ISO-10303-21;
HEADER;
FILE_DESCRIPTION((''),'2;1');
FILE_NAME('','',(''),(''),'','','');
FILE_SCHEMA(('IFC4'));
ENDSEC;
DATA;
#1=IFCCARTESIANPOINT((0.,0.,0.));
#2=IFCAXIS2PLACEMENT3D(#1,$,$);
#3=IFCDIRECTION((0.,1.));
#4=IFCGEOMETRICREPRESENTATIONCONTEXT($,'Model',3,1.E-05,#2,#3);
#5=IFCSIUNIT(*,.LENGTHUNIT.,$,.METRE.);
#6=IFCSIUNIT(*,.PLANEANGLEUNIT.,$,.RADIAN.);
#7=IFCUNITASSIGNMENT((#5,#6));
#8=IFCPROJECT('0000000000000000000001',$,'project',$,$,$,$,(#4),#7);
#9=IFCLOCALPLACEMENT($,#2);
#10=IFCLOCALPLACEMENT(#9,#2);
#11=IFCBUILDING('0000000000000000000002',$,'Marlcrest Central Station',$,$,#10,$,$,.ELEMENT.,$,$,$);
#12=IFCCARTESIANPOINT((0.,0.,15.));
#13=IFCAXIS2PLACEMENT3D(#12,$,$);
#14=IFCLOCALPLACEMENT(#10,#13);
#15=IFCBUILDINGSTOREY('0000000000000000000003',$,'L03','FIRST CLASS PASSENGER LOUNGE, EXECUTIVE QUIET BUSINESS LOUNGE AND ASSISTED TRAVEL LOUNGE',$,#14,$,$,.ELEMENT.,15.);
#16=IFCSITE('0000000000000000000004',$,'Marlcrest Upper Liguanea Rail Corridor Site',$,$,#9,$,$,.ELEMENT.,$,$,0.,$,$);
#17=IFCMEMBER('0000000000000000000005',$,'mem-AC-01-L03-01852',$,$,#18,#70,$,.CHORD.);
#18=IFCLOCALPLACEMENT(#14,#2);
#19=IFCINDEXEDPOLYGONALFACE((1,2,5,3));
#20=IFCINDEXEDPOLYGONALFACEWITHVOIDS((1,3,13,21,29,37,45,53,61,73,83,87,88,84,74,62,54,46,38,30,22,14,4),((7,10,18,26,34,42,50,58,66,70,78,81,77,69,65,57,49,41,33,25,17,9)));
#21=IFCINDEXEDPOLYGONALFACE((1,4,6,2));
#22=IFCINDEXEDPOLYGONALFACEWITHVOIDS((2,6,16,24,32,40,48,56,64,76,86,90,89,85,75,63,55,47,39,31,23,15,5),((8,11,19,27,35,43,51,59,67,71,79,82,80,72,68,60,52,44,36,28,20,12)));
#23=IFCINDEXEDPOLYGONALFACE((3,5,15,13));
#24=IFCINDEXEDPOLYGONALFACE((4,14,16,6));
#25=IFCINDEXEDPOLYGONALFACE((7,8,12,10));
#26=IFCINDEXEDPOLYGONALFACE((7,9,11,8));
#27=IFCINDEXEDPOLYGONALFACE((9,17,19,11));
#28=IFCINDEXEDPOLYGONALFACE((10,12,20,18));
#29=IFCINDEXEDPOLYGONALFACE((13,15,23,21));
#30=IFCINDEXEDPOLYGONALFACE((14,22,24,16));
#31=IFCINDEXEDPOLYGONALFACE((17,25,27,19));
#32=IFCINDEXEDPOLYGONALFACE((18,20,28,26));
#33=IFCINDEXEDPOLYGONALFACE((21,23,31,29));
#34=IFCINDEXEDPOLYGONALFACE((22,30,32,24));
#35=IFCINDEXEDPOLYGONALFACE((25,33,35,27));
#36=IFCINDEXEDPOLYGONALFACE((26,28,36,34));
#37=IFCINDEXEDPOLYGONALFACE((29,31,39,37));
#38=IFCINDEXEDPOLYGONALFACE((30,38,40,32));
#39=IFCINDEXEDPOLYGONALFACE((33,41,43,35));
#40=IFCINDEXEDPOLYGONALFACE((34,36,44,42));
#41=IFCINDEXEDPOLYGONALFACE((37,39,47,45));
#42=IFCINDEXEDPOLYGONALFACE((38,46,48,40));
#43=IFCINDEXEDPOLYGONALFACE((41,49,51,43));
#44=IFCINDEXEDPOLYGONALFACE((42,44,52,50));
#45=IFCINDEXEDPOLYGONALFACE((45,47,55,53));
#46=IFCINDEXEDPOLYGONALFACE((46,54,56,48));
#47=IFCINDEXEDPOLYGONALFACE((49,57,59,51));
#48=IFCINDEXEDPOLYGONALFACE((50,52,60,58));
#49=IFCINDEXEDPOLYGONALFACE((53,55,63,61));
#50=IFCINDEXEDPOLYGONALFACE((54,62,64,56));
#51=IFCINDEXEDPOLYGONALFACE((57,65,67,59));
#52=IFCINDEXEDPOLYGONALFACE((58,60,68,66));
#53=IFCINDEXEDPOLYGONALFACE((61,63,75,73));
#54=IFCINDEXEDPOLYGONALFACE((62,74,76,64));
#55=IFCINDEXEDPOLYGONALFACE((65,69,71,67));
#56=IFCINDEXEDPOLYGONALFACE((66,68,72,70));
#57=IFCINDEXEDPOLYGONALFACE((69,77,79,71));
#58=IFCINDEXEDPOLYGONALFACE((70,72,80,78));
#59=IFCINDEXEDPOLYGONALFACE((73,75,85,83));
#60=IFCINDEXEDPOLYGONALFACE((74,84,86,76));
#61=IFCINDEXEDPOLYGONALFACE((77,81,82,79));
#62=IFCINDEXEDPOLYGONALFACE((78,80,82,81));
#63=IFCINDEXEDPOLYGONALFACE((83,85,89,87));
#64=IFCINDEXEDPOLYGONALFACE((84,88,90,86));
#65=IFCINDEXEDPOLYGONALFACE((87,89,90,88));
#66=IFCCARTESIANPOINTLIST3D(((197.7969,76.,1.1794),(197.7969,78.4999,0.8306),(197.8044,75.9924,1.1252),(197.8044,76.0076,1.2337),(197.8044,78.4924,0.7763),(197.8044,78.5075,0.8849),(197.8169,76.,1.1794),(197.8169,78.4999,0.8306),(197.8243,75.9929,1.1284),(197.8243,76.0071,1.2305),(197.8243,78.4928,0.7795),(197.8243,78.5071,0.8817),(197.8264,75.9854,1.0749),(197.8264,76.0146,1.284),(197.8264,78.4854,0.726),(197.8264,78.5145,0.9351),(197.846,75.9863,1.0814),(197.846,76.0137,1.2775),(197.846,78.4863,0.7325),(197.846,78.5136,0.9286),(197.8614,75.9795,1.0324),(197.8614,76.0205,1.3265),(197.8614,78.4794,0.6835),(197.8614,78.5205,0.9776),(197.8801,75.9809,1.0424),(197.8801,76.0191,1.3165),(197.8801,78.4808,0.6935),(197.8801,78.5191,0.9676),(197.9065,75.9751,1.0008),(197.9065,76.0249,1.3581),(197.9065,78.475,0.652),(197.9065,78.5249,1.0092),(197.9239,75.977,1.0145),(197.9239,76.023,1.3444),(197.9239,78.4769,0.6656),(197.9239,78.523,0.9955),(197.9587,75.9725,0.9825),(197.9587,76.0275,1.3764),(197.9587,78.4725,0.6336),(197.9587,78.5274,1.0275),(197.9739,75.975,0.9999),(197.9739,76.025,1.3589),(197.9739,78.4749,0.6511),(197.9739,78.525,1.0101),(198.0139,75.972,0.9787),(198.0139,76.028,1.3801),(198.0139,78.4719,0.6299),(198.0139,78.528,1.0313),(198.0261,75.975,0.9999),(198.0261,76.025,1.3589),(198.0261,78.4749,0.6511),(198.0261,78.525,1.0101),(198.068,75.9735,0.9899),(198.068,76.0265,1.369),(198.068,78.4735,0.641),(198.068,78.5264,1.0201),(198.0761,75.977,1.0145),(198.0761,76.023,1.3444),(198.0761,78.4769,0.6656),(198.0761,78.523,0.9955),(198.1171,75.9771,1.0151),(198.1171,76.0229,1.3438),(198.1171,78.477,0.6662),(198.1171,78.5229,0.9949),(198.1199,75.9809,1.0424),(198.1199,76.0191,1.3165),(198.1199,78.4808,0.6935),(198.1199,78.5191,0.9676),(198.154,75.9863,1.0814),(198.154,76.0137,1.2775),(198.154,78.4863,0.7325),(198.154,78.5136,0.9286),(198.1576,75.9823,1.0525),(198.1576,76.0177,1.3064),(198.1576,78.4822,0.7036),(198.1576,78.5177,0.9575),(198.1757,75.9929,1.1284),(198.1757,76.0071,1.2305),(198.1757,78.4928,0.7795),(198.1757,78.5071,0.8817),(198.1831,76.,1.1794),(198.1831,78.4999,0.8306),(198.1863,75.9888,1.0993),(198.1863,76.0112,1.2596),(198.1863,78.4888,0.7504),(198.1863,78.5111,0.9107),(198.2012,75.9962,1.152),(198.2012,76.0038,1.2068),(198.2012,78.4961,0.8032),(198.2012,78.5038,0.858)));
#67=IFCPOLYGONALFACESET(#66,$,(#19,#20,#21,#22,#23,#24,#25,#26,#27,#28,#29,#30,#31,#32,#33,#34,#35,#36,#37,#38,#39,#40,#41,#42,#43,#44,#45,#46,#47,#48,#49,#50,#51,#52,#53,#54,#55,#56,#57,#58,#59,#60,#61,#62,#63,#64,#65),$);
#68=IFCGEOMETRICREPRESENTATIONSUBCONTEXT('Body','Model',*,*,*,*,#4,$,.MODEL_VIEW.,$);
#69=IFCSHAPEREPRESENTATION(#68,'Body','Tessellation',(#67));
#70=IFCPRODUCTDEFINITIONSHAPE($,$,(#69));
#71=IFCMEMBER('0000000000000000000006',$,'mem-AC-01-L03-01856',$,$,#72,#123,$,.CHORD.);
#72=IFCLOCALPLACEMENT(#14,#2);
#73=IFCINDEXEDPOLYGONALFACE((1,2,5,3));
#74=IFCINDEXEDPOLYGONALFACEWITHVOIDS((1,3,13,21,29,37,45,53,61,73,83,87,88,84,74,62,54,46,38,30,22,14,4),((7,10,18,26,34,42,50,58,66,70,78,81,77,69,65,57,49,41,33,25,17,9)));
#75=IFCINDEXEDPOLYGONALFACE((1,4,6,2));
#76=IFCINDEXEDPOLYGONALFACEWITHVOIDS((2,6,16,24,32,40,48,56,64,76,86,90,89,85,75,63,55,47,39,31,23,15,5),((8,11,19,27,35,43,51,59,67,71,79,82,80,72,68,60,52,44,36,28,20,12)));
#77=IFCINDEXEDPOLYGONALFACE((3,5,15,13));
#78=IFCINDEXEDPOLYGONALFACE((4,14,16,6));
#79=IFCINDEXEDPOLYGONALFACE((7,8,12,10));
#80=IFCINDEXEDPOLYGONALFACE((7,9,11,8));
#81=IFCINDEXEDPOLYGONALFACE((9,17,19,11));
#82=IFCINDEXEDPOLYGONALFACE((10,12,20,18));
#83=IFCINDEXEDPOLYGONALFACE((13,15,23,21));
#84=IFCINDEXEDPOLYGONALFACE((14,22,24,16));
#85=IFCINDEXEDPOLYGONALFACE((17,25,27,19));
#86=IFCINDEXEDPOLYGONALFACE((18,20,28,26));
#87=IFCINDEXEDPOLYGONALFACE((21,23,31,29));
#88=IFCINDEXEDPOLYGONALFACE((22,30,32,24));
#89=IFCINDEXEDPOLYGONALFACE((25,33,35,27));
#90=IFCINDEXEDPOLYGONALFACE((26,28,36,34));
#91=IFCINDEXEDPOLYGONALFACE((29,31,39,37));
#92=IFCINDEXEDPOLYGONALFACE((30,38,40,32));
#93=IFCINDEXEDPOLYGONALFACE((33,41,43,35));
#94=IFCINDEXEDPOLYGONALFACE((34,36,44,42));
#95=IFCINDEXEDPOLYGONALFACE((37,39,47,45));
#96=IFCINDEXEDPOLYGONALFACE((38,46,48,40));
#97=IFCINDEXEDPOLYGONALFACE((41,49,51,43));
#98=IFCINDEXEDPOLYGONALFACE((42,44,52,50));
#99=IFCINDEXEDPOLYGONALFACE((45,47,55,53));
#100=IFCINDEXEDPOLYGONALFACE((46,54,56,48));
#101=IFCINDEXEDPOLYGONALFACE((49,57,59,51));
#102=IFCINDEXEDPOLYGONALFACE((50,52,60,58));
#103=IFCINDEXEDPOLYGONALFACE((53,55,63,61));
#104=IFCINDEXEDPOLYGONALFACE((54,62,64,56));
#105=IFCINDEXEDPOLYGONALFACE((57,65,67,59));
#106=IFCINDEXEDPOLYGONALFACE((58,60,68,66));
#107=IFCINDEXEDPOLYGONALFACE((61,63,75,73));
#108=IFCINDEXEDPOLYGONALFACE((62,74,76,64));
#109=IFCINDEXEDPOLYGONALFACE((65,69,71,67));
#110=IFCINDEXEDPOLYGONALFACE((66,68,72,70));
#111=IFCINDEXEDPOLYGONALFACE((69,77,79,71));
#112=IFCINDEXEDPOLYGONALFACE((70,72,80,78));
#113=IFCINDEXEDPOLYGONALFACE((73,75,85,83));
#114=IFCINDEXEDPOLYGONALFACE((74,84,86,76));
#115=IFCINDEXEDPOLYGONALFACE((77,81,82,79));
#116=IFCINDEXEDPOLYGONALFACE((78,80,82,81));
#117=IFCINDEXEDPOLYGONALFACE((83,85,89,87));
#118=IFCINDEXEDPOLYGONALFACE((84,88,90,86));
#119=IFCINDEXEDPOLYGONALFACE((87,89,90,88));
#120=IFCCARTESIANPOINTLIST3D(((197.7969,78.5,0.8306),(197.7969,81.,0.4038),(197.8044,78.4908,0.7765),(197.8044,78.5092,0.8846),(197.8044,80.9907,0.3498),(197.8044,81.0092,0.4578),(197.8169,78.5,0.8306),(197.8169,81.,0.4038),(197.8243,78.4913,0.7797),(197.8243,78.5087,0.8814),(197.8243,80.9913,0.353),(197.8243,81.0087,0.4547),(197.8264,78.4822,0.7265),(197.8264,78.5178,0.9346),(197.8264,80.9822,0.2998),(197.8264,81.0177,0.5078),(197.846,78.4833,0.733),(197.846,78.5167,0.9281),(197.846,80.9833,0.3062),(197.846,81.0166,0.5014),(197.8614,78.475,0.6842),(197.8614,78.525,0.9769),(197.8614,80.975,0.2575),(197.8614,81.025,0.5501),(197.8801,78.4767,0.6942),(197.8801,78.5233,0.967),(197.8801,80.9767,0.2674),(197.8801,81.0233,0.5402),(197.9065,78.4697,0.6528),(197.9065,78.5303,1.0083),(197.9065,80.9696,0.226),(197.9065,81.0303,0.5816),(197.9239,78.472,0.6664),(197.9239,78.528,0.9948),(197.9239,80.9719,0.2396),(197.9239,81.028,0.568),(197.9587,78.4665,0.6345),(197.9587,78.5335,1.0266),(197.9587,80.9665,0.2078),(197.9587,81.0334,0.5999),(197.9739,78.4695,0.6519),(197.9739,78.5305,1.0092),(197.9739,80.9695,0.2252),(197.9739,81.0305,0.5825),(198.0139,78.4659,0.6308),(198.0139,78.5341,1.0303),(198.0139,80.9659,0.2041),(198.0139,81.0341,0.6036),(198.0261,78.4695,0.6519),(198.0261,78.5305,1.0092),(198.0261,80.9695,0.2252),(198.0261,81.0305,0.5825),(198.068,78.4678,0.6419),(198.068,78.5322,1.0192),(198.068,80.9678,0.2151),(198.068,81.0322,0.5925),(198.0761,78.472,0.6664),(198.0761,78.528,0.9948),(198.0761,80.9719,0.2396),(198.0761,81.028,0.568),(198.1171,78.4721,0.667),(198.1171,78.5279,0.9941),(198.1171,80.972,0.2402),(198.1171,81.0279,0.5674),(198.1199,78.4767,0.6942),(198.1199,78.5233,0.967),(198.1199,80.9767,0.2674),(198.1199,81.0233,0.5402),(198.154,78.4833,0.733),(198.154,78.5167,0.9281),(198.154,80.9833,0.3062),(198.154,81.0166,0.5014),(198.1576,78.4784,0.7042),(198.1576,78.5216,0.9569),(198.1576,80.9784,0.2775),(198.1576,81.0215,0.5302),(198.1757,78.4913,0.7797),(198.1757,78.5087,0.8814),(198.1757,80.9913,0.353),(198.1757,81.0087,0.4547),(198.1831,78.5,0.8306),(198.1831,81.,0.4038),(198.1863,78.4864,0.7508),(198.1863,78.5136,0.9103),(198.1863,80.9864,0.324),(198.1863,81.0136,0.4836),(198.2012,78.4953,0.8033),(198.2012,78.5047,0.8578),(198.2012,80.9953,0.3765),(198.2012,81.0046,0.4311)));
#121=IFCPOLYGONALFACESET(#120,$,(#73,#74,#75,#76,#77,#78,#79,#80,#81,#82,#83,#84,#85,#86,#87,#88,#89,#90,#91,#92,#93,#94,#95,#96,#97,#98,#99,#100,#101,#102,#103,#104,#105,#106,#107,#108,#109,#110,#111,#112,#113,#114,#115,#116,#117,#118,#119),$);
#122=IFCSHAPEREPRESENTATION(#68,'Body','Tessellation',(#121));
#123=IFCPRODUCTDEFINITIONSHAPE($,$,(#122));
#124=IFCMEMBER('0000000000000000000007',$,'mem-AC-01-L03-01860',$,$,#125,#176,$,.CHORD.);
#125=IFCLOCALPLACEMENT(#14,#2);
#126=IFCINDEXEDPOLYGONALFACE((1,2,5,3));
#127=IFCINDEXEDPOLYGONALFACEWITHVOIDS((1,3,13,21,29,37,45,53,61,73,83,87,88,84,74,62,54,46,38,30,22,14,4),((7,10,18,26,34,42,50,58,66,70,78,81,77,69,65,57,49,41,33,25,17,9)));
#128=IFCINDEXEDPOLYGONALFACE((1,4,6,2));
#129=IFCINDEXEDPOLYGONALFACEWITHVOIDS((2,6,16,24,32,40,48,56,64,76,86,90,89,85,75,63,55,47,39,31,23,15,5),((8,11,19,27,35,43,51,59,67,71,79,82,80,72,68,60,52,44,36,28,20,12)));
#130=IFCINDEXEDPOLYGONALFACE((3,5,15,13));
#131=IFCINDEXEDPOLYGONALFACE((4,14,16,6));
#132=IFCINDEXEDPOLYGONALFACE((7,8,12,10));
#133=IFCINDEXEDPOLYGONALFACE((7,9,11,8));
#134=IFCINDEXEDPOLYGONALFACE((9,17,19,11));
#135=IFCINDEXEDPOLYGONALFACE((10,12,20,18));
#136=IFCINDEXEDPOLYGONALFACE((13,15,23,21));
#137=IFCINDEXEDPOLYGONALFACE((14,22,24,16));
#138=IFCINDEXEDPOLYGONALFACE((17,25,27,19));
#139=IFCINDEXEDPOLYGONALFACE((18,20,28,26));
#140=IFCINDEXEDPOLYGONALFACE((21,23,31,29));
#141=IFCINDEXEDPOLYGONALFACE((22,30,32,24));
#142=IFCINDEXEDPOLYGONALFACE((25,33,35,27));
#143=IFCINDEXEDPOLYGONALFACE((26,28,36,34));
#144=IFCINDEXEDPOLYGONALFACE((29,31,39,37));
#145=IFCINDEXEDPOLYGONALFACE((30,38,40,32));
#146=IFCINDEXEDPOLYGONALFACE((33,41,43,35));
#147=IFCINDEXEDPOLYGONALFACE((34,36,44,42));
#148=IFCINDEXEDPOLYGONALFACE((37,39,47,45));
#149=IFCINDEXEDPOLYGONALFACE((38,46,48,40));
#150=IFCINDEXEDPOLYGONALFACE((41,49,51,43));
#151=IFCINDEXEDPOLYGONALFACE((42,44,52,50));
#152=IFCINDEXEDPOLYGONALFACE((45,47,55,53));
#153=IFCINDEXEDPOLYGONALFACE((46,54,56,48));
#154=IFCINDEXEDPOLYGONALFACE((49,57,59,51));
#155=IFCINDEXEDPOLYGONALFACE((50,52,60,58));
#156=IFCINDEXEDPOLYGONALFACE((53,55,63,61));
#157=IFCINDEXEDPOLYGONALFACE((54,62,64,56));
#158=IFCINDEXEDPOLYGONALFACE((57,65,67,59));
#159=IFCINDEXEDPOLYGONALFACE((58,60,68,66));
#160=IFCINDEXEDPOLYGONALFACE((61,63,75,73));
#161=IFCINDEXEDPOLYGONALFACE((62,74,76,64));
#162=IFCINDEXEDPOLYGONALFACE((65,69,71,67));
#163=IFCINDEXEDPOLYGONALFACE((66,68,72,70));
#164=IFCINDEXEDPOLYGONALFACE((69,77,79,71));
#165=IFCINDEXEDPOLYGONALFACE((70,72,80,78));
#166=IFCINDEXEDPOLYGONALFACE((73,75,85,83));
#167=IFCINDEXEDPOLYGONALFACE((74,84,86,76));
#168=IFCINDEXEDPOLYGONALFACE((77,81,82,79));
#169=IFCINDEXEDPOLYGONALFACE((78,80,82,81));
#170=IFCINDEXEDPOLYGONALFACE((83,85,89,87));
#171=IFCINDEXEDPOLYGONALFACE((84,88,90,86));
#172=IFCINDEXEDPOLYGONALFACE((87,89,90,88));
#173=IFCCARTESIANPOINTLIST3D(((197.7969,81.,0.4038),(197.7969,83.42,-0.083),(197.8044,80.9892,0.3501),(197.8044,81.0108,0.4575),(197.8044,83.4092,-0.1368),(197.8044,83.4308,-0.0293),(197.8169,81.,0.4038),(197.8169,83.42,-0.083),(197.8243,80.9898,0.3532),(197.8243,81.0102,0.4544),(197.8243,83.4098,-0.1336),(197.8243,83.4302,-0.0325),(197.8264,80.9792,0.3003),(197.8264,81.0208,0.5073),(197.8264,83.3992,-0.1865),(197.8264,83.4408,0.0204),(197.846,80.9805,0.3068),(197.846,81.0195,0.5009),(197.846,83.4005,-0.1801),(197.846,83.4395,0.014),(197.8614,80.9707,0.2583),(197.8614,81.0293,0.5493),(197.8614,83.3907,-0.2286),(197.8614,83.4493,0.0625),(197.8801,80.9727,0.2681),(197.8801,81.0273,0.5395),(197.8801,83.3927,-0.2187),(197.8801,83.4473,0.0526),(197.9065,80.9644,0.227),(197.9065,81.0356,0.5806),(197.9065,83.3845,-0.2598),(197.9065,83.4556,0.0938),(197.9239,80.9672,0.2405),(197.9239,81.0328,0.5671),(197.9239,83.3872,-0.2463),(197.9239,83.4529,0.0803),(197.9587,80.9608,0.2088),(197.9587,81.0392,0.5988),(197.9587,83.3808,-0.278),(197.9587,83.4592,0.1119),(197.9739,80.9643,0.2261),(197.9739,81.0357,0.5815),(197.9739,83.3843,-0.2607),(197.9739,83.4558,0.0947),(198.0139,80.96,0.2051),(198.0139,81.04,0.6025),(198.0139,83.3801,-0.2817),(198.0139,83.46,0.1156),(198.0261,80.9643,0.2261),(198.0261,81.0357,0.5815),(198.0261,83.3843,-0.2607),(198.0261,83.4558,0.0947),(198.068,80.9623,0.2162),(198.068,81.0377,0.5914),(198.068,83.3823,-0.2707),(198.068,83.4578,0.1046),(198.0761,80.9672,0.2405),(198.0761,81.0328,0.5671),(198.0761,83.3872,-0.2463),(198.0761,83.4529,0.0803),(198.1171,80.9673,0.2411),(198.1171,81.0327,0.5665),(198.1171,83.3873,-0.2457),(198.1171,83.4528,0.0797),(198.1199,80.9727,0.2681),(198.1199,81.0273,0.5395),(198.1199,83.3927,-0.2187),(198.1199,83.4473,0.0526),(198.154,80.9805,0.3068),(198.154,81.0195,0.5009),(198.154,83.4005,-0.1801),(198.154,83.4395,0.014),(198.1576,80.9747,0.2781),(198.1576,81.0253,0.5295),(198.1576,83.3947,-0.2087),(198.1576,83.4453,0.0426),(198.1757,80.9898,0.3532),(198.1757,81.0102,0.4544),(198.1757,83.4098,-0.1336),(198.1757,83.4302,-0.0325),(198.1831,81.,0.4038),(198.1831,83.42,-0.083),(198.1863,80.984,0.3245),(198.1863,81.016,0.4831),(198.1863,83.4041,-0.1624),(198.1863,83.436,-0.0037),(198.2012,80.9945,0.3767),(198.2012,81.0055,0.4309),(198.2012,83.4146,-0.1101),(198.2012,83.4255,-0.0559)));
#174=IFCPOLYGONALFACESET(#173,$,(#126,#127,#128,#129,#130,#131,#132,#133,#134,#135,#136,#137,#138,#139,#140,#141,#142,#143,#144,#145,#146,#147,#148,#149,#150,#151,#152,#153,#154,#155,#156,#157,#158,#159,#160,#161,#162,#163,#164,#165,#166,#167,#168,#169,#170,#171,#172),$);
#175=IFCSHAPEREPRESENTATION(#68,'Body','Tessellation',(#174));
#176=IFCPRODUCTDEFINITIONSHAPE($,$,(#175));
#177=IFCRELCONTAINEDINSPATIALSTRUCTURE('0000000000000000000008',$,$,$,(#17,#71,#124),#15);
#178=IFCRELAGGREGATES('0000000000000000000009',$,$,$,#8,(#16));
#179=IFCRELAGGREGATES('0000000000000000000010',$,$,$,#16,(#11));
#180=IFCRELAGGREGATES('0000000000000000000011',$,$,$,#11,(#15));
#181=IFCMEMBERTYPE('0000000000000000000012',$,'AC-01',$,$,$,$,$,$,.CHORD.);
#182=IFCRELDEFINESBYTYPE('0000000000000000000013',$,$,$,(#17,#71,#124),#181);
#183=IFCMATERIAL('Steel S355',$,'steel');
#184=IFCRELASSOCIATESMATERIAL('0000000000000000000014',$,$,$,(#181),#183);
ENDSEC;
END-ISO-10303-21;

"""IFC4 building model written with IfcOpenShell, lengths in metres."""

from ifc_helpers import new_model, si_unit, direction, frame, origin, origin_2d, place, context, subcontext, project, spatial, hollow_circle, extrude, material, material_profile, profile_set, type_object, element, save


model = new_model("IFC4")

# Units and contexts
model_context = context("Model", 3, precision=1e-05, world=origin(), true_north=direction((0.0, 1.0)))
body_context = subcontext(model_context, "Body", "Model", "MODEL_VIEW")
ifc_project = project(units=[si_unit("LENGTHUNIT", "METRE"), si_unit("PLANEANGLEUNIT", "RADIAN")], contexts=[model_context])

# Site, building, storey
site_placement = place(None, origin())
site = spatial("IfcSite", under=ifc_project, at=site_placement, Name="Marlcrest Upper Liguanea Rail Corridor Site", CompositionType="ELEMENT", RefElevation=0.0)
building_placement = place(site_placement, origin())
building = spatial("IfcBuilding", under=site, at=building_placement, Name="Marlcrest Central Station", CompositionType="ELEMENT")
storey_placement = place(building_placement, frame((0.0, 0.0, 15.0)))
storey = spatial("IfcBuildingStorey", under=building, at=storey_placement, Name="L03", Description="FIRST CLASS PASSENGER LOUNGE, EXECUTIVE QUIET BUSINESS LOUNGE AND ASSISTED TRAVEL LOUNGE", CompositionType="ELEMENT", Elevation=15.0)

# Members
ifc_material_1 = material(Name="Steel S355", Category="steel")
ifc_material_profile_1 = material_profile(ifc_material_1, hollow_circle(Radius=0.2031, WallThickness=0.02, at=origin_2d()), Name="CHS 406.4x20")
ifc_profile_set_1 = profile_set([ifc_material_profile_1], Name="Steel S355")
member_type_1 = type_object("IfcMemberType", Name="AC-01", PredefinedType="CHORD", material=ifc_profile_set_1)
member_1_placement = place(storey_placement, frame((198.0, 76.0, 1.1794), z_axis=(0.0, 0.990403, -0.138211), x_axis=(-1.0, 0.0, 0.0)))
element("IfcMember", 1, at=member_1_placement, inside=storey, type_object=member_type_1, Name="mem-AC-01-L03-01852", PredefinedType="CHORD", context=body_context, shape_type="SweptSolid", body=[
    extrude(hollow_circle(Radius=0.2031, WallThickness=0.02, at=origin_2d()), origin(), (0.0, 0.0, 1.0), 2.5242),
])
member_2_placement = place(storey_placement, frame((198.0, 78.5, 0.8306), z_axis=(0.0, 0.985741, -0.168269), x_axis=(-1.0, 0.0, 0.0)))
element("IfcMember", 2, at=member_2_placement, inside=storey, type_object=member_type_1, Name="mem-AC-01-L03-01856", PredefinedType="CHORD", context=body_context, shape_type="SweptSolid", body=[
    extrude(hollow_circle(Radius=0.2031, WallThickness=0.02, at=origin_2d()), origin(), (0.0, 0.0, 1.0), 2.5361),
])
member_3_placement = place(storey_placement, frame((198.0, 81.0, 0.4038), z_axis=(0.0, 0.980359, -0.197219), x_axis=(-1.0, 0.0, 0.0)))
element("IfcMember", 3, at=member_3_placement, inside=storey, type_object=member_type_1, Name="mem-AC-01-L03-01860", PredefinedType="CHORD", context=body_context, shape_type="SweptSolid", body=[
    extrude(hollow_circle(Radius=0.2031, WallThickness=0.02, at=origin_2d()), origin(), (0.0, 0.0, 1.0), 2.4685),
])

save(model, "model.ifc")
